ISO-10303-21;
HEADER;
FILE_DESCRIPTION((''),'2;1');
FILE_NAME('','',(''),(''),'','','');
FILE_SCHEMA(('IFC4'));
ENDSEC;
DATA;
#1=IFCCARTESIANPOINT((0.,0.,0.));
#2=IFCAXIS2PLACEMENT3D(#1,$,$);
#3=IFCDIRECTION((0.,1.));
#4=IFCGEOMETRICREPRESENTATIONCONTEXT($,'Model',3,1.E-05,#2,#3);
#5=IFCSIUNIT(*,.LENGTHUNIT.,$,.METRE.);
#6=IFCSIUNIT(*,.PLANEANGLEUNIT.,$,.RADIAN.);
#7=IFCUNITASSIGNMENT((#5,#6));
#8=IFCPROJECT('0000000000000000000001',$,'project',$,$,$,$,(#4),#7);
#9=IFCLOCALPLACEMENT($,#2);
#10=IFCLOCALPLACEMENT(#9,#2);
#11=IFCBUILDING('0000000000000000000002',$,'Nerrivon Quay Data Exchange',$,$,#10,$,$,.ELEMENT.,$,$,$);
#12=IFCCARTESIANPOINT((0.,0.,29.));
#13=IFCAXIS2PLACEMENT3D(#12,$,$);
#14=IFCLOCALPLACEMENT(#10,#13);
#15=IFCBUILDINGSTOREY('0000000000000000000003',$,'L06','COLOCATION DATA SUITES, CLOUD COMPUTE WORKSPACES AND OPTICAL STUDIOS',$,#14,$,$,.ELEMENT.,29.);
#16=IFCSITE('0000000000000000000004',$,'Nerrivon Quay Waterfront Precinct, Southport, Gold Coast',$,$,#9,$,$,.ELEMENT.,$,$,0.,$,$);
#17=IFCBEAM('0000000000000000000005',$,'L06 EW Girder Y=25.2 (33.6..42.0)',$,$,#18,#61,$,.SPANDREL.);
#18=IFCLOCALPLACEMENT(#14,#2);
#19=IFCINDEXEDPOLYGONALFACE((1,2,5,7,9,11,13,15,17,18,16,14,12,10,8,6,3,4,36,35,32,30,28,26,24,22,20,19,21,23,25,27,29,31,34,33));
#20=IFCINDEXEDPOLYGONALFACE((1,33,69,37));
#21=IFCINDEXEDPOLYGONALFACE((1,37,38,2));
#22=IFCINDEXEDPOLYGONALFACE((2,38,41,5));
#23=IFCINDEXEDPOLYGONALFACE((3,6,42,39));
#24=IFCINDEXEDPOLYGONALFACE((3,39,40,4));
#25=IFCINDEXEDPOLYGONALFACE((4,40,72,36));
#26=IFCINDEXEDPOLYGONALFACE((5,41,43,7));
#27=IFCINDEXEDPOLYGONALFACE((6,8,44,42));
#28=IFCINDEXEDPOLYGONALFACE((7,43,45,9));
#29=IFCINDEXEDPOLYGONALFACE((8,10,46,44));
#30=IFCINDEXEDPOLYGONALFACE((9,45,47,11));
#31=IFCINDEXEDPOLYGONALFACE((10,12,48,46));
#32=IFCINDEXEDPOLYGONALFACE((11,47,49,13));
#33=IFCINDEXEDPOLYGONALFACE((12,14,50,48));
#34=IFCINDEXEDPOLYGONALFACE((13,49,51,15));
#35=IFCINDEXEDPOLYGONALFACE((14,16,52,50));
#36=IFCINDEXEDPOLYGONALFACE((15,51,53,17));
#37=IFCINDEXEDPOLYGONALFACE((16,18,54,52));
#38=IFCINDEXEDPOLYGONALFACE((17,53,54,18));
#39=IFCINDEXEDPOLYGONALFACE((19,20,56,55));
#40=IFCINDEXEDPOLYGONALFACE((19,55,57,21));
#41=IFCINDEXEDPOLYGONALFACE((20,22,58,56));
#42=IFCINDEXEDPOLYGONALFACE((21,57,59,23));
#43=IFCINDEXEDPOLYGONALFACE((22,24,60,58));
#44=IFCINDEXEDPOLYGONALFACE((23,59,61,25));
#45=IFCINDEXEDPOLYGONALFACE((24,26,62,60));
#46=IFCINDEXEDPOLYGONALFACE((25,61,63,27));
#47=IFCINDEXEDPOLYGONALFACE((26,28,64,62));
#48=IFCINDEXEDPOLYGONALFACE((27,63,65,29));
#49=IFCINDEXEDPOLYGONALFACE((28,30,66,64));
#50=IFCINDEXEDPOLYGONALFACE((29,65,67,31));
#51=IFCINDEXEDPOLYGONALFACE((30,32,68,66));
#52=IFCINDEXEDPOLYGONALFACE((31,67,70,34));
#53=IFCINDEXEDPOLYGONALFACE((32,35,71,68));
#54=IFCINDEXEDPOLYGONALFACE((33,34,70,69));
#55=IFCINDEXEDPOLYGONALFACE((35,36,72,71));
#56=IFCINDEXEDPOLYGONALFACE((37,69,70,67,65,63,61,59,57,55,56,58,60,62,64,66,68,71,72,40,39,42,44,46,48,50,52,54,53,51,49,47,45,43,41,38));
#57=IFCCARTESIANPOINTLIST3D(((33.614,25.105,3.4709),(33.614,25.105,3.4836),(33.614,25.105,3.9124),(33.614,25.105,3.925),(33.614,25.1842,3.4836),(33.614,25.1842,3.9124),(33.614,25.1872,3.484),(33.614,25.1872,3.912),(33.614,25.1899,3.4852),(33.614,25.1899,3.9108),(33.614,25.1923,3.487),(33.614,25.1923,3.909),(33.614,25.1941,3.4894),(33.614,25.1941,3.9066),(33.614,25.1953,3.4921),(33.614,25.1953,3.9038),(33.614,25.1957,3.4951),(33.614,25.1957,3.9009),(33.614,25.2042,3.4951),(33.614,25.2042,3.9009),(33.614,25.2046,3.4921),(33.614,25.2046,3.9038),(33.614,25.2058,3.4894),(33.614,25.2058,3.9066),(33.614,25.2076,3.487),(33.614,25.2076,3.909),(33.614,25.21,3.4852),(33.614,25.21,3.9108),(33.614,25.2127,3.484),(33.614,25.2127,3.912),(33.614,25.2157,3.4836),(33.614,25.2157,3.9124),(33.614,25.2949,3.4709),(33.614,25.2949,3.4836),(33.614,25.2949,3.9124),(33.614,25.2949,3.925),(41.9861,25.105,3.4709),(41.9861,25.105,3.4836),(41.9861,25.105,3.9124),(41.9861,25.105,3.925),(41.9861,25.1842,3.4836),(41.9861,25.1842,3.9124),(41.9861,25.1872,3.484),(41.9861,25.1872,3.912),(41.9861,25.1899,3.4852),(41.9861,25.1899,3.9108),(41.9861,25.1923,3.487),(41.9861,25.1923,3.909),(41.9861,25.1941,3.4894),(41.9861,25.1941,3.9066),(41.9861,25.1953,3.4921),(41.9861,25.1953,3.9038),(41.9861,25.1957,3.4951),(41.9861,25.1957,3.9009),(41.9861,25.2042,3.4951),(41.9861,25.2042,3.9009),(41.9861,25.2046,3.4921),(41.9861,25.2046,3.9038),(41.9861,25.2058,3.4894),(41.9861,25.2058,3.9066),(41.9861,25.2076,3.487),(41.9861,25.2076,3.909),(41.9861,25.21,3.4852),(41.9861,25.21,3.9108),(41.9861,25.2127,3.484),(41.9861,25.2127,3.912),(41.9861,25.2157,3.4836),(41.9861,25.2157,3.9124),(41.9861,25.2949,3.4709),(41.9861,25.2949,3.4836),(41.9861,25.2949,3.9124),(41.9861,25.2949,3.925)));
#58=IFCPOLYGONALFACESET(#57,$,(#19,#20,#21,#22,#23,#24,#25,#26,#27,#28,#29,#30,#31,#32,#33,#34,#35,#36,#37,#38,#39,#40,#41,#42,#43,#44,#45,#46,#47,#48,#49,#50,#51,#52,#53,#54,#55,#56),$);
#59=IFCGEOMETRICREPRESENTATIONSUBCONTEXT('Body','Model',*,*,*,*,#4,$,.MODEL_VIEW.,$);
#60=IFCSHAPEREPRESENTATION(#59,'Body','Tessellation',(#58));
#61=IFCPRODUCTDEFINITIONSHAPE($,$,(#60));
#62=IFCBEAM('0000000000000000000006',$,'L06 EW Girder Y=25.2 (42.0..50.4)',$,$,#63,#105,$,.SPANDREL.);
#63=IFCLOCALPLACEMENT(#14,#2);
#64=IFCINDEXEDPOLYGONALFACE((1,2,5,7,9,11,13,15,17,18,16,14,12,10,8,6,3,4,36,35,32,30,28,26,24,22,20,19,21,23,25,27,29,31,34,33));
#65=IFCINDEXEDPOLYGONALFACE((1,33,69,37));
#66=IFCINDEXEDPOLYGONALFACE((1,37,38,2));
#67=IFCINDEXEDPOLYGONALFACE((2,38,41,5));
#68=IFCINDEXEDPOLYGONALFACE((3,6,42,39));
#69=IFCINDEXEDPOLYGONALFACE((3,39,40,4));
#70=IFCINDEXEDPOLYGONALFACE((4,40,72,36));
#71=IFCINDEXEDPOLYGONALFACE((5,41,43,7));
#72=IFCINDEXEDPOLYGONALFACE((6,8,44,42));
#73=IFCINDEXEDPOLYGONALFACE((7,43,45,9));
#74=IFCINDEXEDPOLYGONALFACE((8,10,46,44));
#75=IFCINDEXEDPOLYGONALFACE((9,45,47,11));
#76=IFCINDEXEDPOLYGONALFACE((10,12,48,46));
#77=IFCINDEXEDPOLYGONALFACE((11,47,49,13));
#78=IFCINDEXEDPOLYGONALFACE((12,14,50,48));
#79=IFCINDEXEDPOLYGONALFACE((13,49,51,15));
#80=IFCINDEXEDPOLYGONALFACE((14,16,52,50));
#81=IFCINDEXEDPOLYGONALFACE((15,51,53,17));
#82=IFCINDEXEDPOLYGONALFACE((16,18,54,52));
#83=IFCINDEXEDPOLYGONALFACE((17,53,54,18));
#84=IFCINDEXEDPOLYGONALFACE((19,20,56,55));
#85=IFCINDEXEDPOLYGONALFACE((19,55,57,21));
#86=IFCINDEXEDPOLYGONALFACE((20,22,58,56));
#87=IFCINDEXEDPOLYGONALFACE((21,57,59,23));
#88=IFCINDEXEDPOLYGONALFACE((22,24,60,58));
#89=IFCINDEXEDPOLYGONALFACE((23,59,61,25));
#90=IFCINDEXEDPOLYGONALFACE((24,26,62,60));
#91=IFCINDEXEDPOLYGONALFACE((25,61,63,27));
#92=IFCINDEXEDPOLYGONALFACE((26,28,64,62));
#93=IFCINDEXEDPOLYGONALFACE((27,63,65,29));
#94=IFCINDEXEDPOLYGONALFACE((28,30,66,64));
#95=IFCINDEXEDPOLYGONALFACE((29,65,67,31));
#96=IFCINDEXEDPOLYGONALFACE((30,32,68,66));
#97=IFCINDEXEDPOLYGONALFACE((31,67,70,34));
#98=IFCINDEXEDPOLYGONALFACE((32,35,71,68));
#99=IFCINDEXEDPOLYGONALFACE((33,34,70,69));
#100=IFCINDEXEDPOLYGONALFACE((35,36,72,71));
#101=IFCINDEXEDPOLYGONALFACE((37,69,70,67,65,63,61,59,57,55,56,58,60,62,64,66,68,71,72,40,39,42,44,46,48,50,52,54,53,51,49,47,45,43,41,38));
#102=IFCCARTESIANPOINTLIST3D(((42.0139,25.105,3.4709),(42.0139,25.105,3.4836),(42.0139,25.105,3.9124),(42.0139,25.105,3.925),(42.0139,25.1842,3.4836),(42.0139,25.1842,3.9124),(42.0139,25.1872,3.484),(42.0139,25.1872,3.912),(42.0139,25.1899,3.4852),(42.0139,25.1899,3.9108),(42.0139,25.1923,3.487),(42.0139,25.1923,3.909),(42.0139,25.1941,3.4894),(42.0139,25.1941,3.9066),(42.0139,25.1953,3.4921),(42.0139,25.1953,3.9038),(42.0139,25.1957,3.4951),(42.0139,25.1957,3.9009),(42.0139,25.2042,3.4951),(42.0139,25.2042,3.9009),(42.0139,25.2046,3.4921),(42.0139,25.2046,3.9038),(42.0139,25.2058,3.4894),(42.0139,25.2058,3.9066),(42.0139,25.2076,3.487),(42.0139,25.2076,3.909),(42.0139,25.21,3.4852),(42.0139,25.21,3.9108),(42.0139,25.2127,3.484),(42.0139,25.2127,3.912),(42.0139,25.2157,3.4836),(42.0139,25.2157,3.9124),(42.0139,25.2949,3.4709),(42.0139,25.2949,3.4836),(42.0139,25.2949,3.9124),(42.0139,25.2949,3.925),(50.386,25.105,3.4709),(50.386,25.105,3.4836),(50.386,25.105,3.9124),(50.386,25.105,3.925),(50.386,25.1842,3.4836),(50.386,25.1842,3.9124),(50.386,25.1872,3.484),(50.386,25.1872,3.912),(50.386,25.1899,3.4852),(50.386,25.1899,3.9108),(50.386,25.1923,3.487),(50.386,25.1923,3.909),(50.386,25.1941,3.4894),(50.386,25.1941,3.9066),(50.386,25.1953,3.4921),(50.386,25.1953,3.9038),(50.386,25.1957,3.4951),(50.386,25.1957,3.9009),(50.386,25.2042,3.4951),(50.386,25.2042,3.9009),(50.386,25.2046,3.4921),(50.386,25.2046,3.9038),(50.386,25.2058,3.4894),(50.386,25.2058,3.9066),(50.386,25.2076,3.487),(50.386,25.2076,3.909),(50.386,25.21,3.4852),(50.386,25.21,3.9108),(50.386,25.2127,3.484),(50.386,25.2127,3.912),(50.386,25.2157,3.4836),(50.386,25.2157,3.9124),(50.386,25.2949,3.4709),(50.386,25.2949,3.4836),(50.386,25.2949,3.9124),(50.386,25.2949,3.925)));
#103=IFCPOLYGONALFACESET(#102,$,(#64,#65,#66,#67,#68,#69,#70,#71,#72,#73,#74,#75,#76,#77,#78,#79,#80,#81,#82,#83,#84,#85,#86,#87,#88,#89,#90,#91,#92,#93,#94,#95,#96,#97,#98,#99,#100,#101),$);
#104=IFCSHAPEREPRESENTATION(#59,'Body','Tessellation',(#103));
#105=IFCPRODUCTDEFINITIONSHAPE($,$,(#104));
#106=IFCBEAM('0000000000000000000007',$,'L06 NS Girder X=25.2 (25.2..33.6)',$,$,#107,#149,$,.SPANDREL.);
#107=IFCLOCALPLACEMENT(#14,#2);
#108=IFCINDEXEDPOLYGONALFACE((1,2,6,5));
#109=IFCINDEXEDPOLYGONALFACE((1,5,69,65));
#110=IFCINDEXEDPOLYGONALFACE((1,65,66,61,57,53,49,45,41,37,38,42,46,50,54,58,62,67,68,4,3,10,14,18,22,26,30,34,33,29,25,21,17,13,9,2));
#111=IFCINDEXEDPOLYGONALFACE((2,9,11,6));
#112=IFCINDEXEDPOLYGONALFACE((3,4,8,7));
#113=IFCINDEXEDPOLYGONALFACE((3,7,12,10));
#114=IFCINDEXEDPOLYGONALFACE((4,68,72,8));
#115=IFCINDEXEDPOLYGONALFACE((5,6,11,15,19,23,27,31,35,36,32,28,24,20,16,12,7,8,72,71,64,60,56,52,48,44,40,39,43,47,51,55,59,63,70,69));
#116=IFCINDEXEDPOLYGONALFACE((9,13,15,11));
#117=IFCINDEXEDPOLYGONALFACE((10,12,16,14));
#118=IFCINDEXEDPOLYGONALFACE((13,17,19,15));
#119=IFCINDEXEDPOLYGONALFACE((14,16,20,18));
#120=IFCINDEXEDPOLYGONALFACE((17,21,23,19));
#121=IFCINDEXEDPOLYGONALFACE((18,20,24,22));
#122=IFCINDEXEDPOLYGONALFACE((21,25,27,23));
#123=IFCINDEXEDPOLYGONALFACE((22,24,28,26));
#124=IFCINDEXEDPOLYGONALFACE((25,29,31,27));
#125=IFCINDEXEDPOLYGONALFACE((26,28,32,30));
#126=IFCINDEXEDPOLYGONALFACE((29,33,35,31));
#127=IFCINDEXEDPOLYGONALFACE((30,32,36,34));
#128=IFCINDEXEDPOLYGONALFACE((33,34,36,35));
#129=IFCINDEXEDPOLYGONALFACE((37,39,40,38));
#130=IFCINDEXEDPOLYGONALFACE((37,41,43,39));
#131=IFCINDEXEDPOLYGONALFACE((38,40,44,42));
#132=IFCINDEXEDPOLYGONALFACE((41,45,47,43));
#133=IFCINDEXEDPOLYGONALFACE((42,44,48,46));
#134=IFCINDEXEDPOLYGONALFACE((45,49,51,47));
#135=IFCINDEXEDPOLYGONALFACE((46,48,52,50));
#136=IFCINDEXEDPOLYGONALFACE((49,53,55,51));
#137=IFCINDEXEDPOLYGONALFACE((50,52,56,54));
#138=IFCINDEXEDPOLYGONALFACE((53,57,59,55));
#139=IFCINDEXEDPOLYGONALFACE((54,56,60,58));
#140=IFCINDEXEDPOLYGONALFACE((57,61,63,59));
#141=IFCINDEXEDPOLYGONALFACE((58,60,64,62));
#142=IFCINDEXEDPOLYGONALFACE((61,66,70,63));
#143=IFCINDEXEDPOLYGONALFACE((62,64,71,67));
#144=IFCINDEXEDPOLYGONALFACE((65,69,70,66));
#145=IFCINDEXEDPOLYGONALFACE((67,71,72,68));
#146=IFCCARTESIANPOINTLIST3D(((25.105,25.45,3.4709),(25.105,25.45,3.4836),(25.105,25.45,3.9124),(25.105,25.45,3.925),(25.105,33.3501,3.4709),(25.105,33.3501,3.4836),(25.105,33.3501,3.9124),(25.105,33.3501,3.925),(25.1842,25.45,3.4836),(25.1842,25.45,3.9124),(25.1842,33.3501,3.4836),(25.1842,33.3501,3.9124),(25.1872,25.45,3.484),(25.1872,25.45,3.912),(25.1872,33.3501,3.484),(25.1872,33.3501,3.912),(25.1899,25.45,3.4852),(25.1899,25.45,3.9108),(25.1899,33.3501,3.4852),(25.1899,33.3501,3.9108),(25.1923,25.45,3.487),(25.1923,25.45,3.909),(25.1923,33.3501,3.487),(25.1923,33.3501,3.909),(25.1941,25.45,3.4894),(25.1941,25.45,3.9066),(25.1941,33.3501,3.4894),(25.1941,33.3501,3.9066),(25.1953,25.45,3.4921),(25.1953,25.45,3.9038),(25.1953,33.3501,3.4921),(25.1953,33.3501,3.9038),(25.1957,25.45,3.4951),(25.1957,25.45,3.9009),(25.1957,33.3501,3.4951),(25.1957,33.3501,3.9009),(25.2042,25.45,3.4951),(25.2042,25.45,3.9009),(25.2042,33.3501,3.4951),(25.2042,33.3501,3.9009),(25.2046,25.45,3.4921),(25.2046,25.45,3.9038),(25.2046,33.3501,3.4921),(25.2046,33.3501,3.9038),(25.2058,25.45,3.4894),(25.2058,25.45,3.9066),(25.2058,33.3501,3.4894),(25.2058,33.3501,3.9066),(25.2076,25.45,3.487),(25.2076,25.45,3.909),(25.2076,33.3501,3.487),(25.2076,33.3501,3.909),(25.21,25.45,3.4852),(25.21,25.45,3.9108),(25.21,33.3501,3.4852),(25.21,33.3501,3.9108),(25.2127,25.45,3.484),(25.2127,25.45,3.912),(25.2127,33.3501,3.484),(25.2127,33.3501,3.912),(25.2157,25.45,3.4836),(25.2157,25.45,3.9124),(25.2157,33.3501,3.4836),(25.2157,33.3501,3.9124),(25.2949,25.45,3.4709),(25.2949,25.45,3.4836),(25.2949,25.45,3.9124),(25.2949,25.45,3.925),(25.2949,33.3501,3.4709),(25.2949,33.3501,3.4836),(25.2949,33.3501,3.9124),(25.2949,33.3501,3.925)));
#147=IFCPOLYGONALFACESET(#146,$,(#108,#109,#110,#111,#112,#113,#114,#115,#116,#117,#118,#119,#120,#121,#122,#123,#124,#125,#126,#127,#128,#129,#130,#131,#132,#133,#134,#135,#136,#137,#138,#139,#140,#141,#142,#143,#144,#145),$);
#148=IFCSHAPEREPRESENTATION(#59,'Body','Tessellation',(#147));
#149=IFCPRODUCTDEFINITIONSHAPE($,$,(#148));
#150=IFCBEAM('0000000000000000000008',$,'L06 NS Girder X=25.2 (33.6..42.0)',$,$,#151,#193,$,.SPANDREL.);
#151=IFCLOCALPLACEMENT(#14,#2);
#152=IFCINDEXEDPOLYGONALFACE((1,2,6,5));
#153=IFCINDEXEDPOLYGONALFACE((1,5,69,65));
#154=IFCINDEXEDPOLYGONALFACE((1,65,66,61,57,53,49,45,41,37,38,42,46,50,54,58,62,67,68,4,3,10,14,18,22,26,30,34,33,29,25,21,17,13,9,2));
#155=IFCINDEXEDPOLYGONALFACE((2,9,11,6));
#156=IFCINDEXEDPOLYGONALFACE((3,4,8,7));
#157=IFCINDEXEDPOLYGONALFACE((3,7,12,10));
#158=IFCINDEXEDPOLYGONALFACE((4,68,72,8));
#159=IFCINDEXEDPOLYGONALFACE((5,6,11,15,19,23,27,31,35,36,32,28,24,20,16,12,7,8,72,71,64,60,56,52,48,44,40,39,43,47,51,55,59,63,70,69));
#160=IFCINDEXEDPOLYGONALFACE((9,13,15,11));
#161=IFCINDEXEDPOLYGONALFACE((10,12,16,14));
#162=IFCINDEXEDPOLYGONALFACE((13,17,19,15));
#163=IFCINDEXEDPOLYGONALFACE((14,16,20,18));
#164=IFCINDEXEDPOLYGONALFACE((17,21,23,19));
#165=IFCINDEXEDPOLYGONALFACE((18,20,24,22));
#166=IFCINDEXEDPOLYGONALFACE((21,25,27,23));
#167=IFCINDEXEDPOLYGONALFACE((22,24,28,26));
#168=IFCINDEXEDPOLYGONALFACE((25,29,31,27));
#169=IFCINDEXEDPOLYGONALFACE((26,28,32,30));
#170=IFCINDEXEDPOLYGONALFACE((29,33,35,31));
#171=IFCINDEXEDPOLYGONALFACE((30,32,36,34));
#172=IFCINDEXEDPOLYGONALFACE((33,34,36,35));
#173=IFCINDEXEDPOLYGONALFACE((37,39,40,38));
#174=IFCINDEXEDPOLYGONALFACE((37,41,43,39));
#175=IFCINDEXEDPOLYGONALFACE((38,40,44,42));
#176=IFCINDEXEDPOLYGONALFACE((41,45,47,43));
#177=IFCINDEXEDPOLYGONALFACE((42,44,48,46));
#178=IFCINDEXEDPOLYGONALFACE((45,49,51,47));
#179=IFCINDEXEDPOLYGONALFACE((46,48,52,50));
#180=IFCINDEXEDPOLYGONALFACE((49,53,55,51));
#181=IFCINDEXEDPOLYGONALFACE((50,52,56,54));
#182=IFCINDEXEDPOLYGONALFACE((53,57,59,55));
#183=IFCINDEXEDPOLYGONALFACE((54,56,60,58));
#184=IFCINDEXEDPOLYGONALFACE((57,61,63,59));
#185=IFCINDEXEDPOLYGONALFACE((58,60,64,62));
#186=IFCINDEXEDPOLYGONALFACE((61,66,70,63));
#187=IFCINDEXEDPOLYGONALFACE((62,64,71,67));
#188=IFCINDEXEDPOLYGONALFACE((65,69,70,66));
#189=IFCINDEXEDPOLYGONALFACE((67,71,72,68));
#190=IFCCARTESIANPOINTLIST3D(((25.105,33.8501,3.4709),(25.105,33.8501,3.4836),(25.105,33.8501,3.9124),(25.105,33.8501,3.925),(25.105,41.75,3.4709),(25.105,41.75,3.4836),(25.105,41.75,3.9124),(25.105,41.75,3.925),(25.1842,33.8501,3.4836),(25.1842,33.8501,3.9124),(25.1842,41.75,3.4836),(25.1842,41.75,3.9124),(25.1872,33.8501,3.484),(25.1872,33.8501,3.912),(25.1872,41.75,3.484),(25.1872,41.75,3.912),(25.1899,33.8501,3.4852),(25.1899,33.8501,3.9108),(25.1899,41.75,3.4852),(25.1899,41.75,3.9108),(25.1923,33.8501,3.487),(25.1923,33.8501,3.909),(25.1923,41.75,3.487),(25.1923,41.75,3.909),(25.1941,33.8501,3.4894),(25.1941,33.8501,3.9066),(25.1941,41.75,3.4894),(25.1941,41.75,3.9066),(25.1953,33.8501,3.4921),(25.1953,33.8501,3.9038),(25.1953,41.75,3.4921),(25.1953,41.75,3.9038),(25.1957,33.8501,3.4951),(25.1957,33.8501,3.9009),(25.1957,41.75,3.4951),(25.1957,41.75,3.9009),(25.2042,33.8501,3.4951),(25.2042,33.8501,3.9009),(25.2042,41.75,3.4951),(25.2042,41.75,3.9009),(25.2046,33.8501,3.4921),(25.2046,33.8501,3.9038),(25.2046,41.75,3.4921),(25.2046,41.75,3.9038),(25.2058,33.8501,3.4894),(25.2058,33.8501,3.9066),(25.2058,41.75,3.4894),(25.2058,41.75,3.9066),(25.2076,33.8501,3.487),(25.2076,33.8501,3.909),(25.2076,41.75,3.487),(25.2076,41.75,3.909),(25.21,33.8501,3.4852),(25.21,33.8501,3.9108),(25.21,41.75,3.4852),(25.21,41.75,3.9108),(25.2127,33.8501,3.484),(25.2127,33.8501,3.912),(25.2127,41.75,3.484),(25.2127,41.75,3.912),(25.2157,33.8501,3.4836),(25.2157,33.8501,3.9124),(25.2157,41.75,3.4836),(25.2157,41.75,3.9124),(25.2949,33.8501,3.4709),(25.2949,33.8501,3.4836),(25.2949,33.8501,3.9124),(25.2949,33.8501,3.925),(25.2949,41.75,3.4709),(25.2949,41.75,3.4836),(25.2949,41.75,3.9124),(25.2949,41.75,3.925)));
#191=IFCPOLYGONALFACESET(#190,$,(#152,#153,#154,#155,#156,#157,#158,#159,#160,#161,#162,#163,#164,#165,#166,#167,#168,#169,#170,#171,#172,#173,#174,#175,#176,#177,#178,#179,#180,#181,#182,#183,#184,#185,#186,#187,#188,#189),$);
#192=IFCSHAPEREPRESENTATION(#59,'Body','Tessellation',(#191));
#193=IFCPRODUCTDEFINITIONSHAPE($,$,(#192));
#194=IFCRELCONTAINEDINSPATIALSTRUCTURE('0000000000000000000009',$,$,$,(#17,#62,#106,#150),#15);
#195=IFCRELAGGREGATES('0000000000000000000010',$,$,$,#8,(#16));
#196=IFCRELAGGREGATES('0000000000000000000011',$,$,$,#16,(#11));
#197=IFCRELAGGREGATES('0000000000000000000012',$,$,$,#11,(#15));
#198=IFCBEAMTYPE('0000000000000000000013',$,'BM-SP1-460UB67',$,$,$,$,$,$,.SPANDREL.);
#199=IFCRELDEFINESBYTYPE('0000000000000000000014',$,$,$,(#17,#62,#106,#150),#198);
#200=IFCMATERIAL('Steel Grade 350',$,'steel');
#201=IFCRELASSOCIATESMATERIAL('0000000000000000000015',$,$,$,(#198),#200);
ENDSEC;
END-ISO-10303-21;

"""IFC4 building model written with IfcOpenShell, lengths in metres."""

from ifc_helpers import new_model, si_unit, direction, frame, origin, origin_2d, place, context, subcontext, project, spatial, i_section, extrude, material, material_profile, profile_set, type_object, element, save


model = new_model("IFC4")

# Units and contexts
model_context = context("Model", 3, precision=1e-05, world=origin(), true_north=direction((0.0, 1.0)))
body_context = subcontext(model_context, "Body", "Model", "MODEL_VIEW")
ifc_project = project(units=[si_unit("LENGTHUNIT", "METRE"), si_unit("PLANEANGLEUNIT", "RADIAN")], contexts=[model_context])

# Site, building, storey
site_placement = place(None, origin())
site = spatial("IfcSite", under=ifc_project, at=site_placement, Name="Nerrivon Quay Waterfront Precinct, Southport, Gold Coast", CompositionType="ELEMENT", RefElevation=0.0)
building_placement = place(site_placement, origin())
building = spatial("IfcBuilding", under=site, at=building_placement, Name="Nerrivon Quay Data Exchange", CompositionType="ELEMENT")
storey_placement = place(building_placement, frame((0.0, 0.0, 29.0)))
storey = spatial("IfcBuildingStorey", under=building, at=storey_placement, Name="L06", Description="COLOCATION DATA SUITES, CLOUD COMPUTE WORKSPACES AND OPTICAL STUDIOS", CompositionType="ELEMENT", Elevation=29.0)

# Shared definitions
ifc_material_1 = material(Name="Steel Grade 350", Category="steel")

# Beams
ifc_material_profile_1 = material_profile(ifc_material_1, i_section(OverallWidth=0.1899, OverallDepth=0.4541, WebThickness=0.0085, FlangeThickness=0.0127, FilletRadius=0.0115, at=origin_2d()), Name="460UB67.1")
ifc_profile_set_1 = profile_set([ifc_material_profile_1], Name="Steel Grade 350")
beam_type = type_object("IfcBeamType", Name="BM-SP1-460UB67", PredefinedType="SPANDREL", material=ifc_profile_set_1)
for number, where, z_axis, x_axis, name in (
    (1, (33.614, 25.2, 3.698), (1.0, 0.0, 0.0), (0.0, 1.0, 0.0), "L06 EW Girder Y=25.2 (33.6..42.0)"),
    (2, (42.0139, 25.2, 3.698), (1.0, 0.0, 0.0), (0.0, 1.0, 0.0), "L06 EW Girder Y=25.2 (42.0..50.4)"),
):
    element("IfcBeam", number, at=place(storey_placement, frame(where, z_axis=z_axis, x_axis=x_axis)), inside=storey, type_object=beam_type, Name=name, PredefinedType="SPANDREL", context=body_context, shape_type="SweptSolid", body=[
        extrude(i_section(OverallWidth=0.1899, OverallDepth=0.4541, WebThickness=0.0085, FlangeThickness=0.0127, FilletRadius=0.0115, at=origin_2d()), origin(), (0.0, 0.0, 1.0), 8.3721),
    ])
beam_1_placement = place(storey_placement, frame((25.2, 25.45, 3.698), z_axis=(0.0, 1.0, 0.0), x_axis=(-1.0, 0.0, 0.0)))
element("IfcBeam", 3, at=beam_1_placement, inside=storey, type_object=beam_type, Name="L06 NS Girder X=25.2 (25.2..33.6)", PredefinedType="SPANDREL", context=body_context, shape_type="SweptSolid", body=[
    extrude(i_section(OverallWidth=0.1899, OverallDepth=0.4541, WebThickness=0.0085, FlangeThickness=0.0127, FilletRadius=0.0115, at=origin_2d()), origin(), (0.0, 0.0, 1.0), 7.9001),
])
beam_2_placement = place(storey_placement, frame((25.2, 33.8501, 3.698), z_axis=(0.0, 1.0, 0.0), x_axis=(-1.0, 0.0, 0.0)))
element("IfcBeam", 4, at=beam_2_placement, inside=storey, type_object=beam_type, Name="L06 NS Girder X=25.2 (33.6..42.0)", PredefinedType="SPANDREL", context=body_context, shape_type="SweptSolid", body=[
    extrude(i_section(OverallWidth=0.1899, OverallDepth=0.4541, WebThickness=0.0085, FlangeThickness=0.0127, FilletRadius=0.0115, at=origin_2d()), origin(), (0.0, 0.0, 1.0), 7.8999),
])

save(model, "model.ifc")
